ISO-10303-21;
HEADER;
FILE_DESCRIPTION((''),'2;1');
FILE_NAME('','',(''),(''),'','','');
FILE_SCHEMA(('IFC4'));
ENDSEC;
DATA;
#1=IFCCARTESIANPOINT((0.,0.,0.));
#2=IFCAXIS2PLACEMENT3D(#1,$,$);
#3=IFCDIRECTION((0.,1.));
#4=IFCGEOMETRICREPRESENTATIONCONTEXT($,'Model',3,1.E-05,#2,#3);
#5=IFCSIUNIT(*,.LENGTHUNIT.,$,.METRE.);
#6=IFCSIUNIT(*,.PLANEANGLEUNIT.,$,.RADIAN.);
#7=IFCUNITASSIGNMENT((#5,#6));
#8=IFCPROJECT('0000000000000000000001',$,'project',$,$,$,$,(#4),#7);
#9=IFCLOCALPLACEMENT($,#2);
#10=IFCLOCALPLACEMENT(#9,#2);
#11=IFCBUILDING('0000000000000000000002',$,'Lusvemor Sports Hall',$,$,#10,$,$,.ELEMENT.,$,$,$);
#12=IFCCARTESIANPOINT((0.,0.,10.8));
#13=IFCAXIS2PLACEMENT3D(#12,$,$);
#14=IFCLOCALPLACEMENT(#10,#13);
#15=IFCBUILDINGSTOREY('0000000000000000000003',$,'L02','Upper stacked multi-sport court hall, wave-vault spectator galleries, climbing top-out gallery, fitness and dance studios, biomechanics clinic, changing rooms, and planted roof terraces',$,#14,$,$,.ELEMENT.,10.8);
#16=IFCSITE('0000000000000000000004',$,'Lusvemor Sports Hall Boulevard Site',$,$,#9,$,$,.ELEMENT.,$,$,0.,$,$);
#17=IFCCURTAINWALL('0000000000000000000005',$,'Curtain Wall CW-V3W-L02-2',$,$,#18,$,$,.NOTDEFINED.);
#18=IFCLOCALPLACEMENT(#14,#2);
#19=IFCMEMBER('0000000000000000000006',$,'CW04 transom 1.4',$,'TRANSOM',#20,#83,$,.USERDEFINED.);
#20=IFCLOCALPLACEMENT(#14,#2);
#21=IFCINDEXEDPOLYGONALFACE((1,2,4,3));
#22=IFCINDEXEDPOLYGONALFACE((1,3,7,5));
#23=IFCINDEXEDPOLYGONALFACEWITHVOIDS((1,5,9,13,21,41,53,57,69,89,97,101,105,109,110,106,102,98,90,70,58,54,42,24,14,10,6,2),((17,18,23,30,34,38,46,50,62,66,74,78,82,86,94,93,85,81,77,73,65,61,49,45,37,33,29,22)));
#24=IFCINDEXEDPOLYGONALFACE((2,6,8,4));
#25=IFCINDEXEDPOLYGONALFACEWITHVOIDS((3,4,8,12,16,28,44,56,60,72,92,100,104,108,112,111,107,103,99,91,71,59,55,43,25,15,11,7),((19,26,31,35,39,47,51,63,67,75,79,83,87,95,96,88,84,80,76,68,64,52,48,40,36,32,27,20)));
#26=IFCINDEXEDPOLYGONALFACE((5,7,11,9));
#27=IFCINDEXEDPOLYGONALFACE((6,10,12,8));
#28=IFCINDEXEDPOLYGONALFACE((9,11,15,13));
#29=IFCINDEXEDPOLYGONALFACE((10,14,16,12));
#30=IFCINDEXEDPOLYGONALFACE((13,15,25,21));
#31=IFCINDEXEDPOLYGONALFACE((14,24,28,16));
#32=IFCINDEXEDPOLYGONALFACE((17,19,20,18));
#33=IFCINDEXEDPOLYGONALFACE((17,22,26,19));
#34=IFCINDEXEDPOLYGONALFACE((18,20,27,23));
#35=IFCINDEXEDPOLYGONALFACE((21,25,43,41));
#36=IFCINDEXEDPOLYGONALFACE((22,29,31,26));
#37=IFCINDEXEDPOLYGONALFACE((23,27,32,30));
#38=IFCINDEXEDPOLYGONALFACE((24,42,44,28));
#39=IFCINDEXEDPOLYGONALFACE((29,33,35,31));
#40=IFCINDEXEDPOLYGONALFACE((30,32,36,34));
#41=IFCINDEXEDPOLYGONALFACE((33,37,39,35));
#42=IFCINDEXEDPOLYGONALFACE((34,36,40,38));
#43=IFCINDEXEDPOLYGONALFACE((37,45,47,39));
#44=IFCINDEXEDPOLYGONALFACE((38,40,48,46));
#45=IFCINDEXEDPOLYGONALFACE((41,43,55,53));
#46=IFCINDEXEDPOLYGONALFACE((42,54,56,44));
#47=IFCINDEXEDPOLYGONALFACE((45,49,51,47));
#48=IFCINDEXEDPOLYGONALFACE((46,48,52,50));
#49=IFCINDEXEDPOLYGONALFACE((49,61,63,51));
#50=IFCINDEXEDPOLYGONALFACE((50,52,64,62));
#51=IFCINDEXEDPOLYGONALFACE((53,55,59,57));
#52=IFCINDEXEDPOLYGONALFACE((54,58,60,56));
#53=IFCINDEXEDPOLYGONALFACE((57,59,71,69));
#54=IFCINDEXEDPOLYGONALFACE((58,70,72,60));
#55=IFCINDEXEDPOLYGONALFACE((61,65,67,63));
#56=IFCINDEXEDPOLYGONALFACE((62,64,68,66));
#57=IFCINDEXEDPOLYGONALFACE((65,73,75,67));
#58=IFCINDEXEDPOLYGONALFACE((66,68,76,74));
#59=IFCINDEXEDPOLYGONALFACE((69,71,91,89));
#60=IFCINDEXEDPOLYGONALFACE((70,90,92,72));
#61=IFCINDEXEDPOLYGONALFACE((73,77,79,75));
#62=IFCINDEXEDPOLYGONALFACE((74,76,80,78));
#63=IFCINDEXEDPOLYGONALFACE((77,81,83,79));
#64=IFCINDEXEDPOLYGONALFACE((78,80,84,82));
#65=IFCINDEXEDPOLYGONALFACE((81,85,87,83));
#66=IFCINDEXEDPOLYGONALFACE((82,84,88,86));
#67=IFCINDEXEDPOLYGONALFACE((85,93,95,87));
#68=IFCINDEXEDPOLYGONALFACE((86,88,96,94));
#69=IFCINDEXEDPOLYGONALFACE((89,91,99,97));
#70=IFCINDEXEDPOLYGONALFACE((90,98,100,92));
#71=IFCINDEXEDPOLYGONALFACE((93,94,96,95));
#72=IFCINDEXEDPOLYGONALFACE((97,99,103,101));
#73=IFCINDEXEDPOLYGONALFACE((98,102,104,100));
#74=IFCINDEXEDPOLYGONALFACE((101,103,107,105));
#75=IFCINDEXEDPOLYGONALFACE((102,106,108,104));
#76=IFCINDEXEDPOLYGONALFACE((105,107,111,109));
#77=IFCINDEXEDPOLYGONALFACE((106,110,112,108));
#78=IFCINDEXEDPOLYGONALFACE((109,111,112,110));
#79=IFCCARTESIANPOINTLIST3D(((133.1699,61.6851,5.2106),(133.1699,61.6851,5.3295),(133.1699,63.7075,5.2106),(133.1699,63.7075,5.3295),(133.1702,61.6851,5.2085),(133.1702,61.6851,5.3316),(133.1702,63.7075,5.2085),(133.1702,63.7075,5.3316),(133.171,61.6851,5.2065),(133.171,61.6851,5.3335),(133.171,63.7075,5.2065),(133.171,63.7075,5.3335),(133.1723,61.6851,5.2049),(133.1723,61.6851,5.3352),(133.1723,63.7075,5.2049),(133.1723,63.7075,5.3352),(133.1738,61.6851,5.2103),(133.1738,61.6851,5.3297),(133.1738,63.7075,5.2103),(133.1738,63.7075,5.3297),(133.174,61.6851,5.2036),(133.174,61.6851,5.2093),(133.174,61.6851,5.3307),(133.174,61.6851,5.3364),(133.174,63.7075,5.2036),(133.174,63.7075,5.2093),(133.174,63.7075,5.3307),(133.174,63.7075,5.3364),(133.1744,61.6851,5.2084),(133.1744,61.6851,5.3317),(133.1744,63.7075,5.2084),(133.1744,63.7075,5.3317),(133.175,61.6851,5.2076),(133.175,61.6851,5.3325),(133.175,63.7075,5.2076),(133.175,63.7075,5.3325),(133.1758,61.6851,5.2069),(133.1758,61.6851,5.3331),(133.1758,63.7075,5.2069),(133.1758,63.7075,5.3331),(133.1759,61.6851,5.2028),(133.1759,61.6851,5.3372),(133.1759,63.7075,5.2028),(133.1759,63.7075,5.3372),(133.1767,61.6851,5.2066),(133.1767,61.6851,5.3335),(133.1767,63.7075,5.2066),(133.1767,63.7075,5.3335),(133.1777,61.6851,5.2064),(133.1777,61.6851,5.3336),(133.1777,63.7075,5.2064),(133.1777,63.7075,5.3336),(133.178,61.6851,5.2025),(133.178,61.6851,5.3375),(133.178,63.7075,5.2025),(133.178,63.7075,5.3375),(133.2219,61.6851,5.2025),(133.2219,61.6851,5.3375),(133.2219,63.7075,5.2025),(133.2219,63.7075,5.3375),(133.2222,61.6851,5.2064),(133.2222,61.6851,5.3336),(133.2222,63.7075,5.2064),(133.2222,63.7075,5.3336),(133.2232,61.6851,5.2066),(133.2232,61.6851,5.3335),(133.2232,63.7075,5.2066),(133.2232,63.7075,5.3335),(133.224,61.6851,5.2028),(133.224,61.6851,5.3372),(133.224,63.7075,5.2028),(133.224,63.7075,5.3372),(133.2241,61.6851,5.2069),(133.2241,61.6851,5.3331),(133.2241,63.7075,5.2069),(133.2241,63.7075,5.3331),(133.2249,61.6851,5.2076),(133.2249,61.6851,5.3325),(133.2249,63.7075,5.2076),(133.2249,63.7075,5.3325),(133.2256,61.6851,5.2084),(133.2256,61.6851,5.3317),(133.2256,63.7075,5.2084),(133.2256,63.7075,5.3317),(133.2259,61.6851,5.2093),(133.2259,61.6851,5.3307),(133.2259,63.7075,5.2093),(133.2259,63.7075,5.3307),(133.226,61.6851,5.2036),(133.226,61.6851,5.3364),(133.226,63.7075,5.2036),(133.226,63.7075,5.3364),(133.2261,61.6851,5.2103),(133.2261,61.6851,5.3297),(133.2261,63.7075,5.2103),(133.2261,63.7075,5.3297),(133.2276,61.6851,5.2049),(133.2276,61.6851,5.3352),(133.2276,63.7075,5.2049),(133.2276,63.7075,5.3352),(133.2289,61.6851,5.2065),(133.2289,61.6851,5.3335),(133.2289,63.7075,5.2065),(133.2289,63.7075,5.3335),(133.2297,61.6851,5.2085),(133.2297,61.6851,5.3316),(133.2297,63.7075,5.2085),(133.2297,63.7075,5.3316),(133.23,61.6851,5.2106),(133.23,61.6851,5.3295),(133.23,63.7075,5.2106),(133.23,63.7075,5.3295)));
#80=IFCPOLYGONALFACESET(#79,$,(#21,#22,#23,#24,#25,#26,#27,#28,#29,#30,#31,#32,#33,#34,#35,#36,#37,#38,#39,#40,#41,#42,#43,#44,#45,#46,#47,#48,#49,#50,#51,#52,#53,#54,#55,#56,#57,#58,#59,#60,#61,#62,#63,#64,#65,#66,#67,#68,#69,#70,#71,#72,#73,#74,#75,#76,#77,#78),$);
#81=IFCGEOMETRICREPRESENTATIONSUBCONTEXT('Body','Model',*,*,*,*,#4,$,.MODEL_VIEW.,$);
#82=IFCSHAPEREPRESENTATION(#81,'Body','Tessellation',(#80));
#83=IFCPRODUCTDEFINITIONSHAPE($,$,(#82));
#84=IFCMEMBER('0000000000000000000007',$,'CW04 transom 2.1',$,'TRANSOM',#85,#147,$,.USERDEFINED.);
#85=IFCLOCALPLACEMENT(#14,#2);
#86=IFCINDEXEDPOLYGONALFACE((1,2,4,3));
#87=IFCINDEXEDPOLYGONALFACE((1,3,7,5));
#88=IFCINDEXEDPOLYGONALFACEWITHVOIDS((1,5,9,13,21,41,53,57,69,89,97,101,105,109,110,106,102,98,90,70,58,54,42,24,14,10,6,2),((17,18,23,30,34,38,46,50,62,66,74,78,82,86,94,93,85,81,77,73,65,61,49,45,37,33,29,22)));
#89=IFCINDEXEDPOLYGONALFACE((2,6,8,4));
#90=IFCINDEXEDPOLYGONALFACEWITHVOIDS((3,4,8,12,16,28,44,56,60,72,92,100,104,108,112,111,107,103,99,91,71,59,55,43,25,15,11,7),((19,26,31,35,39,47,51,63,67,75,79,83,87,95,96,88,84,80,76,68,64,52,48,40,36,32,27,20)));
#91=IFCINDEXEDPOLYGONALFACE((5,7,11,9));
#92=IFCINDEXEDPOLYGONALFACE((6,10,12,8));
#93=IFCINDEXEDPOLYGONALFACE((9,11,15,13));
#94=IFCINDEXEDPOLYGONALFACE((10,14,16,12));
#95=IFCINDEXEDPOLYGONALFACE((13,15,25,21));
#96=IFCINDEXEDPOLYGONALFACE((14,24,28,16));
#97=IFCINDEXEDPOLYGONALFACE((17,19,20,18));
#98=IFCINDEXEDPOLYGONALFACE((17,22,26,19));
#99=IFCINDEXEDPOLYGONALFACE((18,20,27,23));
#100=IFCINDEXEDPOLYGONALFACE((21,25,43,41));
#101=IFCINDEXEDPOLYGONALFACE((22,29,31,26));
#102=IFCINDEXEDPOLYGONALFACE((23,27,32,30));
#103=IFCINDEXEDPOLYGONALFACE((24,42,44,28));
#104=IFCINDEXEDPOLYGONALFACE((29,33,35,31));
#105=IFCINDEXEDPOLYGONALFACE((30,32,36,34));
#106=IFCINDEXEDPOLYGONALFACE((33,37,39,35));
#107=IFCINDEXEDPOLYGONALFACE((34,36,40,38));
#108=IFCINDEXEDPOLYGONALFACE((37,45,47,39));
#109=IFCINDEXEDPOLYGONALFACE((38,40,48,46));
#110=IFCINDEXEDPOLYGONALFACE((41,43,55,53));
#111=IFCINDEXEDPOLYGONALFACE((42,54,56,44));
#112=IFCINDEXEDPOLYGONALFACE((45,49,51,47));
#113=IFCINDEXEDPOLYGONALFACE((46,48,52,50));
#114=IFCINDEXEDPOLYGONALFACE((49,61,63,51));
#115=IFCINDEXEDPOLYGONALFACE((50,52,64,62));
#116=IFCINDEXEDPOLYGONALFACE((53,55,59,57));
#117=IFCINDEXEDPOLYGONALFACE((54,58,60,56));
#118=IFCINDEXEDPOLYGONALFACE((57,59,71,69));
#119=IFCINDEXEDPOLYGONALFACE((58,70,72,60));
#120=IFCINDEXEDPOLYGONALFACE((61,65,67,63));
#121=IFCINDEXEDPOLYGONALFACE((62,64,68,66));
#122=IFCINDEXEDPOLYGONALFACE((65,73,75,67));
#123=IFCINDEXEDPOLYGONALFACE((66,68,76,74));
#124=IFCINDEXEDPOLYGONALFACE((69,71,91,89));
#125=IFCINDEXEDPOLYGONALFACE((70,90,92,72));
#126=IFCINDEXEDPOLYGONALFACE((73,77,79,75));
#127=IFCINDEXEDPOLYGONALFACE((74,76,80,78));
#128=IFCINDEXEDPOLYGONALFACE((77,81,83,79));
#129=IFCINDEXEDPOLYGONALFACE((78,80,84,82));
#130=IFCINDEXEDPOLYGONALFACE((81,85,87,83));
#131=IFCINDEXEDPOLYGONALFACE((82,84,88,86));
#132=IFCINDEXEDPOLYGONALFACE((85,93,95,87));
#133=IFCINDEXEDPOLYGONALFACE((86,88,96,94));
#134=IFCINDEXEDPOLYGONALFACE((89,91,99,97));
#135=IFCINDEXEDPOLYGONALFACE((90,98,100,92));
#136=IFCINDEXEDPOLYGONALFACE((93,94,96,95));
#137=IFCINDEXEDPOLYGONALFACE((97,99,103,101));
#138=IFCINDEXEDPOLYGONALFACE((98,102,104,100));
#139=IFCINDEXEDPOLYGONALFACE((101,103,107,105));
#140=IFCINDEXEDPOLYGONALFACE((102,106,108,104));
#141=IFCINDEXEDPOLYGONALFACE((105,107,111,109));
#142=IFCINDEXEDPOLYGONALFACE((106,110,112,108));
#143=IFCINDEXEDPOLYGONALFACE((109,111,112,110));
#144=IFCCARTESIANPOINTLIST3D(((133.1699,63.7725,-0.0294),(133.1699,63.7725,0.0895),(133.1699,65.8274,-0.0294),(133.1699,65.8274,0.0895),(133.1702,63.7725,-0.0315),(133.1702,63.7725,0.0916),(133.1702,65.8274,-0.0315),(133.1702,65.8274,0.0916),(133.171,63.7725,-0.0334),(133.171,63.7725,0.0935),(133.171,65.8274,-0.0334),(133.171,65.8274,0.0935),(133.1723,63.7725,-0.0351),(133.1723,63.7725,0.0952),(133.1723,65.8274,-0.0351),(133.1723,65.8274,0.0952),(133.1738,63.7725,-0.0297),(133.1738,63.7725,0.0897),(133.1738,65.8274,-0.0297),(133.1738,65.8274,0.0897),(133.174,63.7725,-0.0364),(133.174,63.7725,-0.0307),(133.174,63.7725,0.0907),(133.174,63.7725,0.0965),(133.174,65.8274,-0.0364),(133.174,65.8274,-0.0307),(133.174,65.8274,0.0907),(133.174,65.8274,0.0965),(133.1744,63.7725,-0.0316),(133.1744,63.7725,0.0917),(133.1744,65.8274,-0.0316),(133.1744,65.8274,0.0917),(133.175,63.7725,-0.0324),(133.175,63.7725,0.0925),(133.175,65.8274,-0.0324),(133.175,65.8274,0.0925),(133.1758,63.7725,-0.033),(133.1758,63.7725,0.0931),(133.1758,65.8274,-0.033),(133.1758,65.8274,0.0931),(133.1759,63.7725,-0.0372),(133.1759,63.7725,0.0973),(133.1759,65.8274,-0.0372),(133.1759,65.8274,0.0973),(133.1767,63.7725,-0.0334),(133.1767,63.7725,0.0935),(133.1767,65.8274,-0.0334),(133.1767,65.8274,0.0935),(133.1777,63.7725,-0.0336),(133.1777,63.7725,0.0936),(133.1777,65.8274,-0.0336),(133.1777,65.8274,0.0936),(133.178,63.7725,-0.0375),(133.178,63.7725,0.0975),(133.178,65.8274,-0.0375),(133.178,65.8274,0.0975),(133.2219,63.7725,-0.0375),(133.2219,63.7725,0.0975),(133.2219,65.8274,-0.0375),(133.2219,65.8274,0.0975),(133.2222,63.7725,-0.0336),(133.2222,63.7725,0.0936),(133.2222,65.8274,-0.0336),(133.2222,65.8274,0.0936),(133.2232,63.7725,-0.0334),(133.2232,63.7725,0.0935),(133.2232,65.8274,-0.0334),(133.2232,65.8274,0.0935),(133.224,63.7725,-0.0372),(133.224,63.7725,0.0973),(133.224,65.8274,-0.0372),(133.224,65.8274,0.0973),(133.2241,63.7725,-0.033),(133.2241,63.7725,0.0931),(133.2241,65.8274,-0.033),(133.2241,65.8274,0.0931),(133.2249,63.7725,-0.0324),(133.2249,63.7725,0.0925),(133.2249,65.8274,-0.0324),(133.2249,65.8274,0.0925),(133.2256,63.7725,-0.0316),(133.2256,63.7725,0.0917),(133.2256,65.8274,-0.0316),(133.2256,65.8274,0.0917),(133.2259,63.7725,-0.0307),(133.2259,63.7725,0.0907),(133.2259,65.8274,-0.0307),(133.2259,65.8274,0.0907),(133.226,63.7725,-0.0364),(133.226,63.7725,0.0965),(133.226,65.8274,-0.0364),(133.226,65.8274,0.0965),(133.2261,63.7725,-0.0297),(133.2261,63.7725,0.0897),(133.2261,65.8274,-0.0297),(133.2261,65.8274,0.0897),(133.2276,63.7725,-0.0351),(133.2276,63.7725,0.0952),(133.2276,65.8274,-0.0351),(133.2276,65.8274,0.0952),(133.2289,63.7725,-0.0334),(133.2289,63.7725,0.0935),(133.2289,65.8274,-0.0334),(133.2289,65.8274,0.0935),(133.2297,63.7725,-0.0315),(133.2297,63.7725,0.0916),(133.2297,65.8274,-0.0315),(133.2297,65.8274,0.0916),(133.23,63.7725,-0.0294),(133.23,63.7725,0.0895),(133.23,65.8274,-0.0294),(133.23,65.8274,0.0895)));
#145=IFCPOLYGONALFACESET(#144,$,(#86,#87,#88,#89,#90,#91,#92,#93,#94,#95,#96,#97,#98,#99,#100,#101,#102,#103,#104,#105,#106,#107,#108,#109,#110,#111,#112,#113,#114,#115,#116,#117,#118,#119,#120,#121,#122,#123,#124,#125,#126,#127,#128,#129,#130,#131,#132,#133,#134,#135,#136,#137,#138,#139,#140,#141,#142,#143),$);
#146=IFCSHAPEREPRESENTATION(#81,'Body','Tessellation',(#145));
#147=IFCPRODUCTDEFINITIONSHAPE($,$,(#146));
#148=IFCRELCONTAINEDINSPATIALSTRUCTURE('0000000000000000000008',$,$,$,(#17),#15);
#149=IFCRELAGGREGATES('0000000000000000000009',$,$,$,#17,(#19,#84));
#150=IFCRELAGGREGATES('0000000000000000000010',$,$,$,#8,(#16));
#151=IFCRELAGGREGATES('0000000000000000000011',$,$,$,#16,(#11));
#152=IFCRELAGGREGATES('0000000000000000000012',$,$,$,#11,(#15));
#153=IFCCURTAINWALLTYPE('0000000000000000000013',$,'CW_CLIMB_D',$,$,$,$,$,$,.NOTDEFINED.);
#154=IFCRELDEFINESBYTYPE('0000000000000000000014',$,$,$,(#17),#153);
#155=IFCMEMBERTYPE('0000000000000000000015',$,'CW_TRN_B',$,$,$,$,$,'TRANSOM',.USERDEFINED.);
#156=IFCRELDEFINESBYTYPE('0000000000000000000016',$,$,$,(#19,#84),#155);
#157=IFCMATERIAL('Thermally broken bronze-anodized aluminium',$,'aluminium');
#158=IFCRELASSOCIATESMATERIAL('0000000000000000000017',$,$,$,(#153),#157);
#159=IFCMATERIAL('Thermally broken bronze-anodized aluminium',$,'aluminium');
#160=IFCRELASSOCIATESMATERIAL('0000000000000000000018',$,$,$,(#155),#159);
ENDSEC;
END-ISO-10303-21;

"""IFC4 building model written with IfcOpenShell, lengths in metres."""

from ifc_helpers import new_model, si_unit, direction, frame, origin, origin_2d, place, context, subcontext, project, spatial, hollow_rectangle, extrude, material, material_profile, profile_set, type_object, element, aggregate, save


model = new_model("IFC4")

# Units and contexts
model_context = context("Model", 3, precision=1e-05, world=origin(), true_north=direction((0.0, 1.0)))
body_context = subcontext(model_context, "Body", "Model", "MODEL_VIEW")
ifc_project = project(units=[si_unit("LENGTHUNIT", "METRE"), si_unit("PLANEANGLEUNIT", "RADIAN")], contexts=[model_context])

# Site, building, storey
site_placement = place(None, origin())
site = spatial("IfcSite", under=ifc_project, at=site_placement, Name="Lusvemor Sports Hall Boulevard Site", CompositionType="ELEMENT", RefElevation=0.0)
building_placement = place(site_placement, origin())
building = spatial("IfcBuilding", under=site, at=building_placement, Name="Lusvemor Sports Hall", CompositionType="ELEMENT")
storey_placement = place(building_placement, frame((0.0, 0.0, 10.8)))
storey = spatial("IfcBuildingStorey", under=building, at=storey_placement, Name="L02", Description="Upper stacked multi-sport court hall, wave-vault spectator galleries, climbing top-out gallery, fitness and dance studios, biomechanics clinic, changing rooms, and planted roof terraces", CompositionType="ELEMENT", Elevation=10.8)

# Curtain wall, members
ifc_material_1 = material(Name="Thermally broken bronze-anodized aluminium", Category="aluminium")
curtain_wall_type = type_object("IfcCurtainWallType", Name="CW_CLIMB_D", PredefinedType="NOTDEFINED", material=ifc_material_1)
curtain_wall_placement = place(storey_placement, origin())
curtain_wall = element("IfcCurtainWall", 1, at=curtain_wall_placement, inside=storey, type_object=curtain_wall_type, Name="Curtain Wall CW-V3W-L02-2", PredefinedType="NOTDEFINED")
ifc_material_2 = material(Name="Thermally broken bronze-anodized aluminium", Category="aluminium")
ifc_material_profile_1 = material_profile(ifc_material_2, hollow_rectangle(XDim=0.0601, YDim=0.135, WallThickness=0.0039, InnerFilletRadius=0.0039, OuterFilletRadius=0.0081, at=origin_2d()), Name="CWTRN135x60x4")
ifc_profile_set_1 = profile_set([ifc_material_profile_1], Name="Thermally broken bronze-anodized aluminium")
member_type_1 = type_object("IfcMemberType", Name="CW_TRN_B", ElementType="TRANSOM", PredefinedType="USERDEFINED", material=ifc_profile_set_1)
member_1_placement = place(storey_placement, frame((133.2, 61.6851, 5.27), z_axis=(0.0, 1.0, 0.0), x_axis=(-1.0, 0.0, 0.0)))
member_1 = element("IfcMember", 2, at=member_1_placement, type_object=member_type_1, Name="CW04 transom 1.4", ObjectType="TRANSOM", PredefinedType="USERDEFINED", context=body_context, shape_type="SweptSolid", body=[
    extrude(hollow_rectangle(XDim=0.0601, YDim=0.135, WallThickness=0.0039, InnerFilletRadius=0.0039, OuterFilletRadius=0.0081, at=origin_2d()), origin(), (0.0, 0.0, 1.0), 2.0225),
])
member_2_placement = place(storey_placement, frame((133.2, 63.7725, 0.03), z_axis=(0.0, 1.0, 0.0), x_axis=(-1.0, 0.0, 0.0)))
member_2 = element("IfcMember", 3, at=member_2_placement, type_object=member_type_1, Name="CW04 transom 2.1", ObjectType="TRANSOM", PredefinedType="USERDEFINED", context=body_context, shape_type="SweptSolid", body=[
    extrude(hollow_rectangle(XDim=0.0601, YDim=0.135, WallThickness=0.0039, InnerFilletRadius=0.0039, OuterFilletRadius=0.0081, at=origin_2d()), origin(), (0.0, 0.0, 1.0), 2.0549),
])

aggregate(curtain_wall, [member_1, member_2])

save(model, "model.ifc")
